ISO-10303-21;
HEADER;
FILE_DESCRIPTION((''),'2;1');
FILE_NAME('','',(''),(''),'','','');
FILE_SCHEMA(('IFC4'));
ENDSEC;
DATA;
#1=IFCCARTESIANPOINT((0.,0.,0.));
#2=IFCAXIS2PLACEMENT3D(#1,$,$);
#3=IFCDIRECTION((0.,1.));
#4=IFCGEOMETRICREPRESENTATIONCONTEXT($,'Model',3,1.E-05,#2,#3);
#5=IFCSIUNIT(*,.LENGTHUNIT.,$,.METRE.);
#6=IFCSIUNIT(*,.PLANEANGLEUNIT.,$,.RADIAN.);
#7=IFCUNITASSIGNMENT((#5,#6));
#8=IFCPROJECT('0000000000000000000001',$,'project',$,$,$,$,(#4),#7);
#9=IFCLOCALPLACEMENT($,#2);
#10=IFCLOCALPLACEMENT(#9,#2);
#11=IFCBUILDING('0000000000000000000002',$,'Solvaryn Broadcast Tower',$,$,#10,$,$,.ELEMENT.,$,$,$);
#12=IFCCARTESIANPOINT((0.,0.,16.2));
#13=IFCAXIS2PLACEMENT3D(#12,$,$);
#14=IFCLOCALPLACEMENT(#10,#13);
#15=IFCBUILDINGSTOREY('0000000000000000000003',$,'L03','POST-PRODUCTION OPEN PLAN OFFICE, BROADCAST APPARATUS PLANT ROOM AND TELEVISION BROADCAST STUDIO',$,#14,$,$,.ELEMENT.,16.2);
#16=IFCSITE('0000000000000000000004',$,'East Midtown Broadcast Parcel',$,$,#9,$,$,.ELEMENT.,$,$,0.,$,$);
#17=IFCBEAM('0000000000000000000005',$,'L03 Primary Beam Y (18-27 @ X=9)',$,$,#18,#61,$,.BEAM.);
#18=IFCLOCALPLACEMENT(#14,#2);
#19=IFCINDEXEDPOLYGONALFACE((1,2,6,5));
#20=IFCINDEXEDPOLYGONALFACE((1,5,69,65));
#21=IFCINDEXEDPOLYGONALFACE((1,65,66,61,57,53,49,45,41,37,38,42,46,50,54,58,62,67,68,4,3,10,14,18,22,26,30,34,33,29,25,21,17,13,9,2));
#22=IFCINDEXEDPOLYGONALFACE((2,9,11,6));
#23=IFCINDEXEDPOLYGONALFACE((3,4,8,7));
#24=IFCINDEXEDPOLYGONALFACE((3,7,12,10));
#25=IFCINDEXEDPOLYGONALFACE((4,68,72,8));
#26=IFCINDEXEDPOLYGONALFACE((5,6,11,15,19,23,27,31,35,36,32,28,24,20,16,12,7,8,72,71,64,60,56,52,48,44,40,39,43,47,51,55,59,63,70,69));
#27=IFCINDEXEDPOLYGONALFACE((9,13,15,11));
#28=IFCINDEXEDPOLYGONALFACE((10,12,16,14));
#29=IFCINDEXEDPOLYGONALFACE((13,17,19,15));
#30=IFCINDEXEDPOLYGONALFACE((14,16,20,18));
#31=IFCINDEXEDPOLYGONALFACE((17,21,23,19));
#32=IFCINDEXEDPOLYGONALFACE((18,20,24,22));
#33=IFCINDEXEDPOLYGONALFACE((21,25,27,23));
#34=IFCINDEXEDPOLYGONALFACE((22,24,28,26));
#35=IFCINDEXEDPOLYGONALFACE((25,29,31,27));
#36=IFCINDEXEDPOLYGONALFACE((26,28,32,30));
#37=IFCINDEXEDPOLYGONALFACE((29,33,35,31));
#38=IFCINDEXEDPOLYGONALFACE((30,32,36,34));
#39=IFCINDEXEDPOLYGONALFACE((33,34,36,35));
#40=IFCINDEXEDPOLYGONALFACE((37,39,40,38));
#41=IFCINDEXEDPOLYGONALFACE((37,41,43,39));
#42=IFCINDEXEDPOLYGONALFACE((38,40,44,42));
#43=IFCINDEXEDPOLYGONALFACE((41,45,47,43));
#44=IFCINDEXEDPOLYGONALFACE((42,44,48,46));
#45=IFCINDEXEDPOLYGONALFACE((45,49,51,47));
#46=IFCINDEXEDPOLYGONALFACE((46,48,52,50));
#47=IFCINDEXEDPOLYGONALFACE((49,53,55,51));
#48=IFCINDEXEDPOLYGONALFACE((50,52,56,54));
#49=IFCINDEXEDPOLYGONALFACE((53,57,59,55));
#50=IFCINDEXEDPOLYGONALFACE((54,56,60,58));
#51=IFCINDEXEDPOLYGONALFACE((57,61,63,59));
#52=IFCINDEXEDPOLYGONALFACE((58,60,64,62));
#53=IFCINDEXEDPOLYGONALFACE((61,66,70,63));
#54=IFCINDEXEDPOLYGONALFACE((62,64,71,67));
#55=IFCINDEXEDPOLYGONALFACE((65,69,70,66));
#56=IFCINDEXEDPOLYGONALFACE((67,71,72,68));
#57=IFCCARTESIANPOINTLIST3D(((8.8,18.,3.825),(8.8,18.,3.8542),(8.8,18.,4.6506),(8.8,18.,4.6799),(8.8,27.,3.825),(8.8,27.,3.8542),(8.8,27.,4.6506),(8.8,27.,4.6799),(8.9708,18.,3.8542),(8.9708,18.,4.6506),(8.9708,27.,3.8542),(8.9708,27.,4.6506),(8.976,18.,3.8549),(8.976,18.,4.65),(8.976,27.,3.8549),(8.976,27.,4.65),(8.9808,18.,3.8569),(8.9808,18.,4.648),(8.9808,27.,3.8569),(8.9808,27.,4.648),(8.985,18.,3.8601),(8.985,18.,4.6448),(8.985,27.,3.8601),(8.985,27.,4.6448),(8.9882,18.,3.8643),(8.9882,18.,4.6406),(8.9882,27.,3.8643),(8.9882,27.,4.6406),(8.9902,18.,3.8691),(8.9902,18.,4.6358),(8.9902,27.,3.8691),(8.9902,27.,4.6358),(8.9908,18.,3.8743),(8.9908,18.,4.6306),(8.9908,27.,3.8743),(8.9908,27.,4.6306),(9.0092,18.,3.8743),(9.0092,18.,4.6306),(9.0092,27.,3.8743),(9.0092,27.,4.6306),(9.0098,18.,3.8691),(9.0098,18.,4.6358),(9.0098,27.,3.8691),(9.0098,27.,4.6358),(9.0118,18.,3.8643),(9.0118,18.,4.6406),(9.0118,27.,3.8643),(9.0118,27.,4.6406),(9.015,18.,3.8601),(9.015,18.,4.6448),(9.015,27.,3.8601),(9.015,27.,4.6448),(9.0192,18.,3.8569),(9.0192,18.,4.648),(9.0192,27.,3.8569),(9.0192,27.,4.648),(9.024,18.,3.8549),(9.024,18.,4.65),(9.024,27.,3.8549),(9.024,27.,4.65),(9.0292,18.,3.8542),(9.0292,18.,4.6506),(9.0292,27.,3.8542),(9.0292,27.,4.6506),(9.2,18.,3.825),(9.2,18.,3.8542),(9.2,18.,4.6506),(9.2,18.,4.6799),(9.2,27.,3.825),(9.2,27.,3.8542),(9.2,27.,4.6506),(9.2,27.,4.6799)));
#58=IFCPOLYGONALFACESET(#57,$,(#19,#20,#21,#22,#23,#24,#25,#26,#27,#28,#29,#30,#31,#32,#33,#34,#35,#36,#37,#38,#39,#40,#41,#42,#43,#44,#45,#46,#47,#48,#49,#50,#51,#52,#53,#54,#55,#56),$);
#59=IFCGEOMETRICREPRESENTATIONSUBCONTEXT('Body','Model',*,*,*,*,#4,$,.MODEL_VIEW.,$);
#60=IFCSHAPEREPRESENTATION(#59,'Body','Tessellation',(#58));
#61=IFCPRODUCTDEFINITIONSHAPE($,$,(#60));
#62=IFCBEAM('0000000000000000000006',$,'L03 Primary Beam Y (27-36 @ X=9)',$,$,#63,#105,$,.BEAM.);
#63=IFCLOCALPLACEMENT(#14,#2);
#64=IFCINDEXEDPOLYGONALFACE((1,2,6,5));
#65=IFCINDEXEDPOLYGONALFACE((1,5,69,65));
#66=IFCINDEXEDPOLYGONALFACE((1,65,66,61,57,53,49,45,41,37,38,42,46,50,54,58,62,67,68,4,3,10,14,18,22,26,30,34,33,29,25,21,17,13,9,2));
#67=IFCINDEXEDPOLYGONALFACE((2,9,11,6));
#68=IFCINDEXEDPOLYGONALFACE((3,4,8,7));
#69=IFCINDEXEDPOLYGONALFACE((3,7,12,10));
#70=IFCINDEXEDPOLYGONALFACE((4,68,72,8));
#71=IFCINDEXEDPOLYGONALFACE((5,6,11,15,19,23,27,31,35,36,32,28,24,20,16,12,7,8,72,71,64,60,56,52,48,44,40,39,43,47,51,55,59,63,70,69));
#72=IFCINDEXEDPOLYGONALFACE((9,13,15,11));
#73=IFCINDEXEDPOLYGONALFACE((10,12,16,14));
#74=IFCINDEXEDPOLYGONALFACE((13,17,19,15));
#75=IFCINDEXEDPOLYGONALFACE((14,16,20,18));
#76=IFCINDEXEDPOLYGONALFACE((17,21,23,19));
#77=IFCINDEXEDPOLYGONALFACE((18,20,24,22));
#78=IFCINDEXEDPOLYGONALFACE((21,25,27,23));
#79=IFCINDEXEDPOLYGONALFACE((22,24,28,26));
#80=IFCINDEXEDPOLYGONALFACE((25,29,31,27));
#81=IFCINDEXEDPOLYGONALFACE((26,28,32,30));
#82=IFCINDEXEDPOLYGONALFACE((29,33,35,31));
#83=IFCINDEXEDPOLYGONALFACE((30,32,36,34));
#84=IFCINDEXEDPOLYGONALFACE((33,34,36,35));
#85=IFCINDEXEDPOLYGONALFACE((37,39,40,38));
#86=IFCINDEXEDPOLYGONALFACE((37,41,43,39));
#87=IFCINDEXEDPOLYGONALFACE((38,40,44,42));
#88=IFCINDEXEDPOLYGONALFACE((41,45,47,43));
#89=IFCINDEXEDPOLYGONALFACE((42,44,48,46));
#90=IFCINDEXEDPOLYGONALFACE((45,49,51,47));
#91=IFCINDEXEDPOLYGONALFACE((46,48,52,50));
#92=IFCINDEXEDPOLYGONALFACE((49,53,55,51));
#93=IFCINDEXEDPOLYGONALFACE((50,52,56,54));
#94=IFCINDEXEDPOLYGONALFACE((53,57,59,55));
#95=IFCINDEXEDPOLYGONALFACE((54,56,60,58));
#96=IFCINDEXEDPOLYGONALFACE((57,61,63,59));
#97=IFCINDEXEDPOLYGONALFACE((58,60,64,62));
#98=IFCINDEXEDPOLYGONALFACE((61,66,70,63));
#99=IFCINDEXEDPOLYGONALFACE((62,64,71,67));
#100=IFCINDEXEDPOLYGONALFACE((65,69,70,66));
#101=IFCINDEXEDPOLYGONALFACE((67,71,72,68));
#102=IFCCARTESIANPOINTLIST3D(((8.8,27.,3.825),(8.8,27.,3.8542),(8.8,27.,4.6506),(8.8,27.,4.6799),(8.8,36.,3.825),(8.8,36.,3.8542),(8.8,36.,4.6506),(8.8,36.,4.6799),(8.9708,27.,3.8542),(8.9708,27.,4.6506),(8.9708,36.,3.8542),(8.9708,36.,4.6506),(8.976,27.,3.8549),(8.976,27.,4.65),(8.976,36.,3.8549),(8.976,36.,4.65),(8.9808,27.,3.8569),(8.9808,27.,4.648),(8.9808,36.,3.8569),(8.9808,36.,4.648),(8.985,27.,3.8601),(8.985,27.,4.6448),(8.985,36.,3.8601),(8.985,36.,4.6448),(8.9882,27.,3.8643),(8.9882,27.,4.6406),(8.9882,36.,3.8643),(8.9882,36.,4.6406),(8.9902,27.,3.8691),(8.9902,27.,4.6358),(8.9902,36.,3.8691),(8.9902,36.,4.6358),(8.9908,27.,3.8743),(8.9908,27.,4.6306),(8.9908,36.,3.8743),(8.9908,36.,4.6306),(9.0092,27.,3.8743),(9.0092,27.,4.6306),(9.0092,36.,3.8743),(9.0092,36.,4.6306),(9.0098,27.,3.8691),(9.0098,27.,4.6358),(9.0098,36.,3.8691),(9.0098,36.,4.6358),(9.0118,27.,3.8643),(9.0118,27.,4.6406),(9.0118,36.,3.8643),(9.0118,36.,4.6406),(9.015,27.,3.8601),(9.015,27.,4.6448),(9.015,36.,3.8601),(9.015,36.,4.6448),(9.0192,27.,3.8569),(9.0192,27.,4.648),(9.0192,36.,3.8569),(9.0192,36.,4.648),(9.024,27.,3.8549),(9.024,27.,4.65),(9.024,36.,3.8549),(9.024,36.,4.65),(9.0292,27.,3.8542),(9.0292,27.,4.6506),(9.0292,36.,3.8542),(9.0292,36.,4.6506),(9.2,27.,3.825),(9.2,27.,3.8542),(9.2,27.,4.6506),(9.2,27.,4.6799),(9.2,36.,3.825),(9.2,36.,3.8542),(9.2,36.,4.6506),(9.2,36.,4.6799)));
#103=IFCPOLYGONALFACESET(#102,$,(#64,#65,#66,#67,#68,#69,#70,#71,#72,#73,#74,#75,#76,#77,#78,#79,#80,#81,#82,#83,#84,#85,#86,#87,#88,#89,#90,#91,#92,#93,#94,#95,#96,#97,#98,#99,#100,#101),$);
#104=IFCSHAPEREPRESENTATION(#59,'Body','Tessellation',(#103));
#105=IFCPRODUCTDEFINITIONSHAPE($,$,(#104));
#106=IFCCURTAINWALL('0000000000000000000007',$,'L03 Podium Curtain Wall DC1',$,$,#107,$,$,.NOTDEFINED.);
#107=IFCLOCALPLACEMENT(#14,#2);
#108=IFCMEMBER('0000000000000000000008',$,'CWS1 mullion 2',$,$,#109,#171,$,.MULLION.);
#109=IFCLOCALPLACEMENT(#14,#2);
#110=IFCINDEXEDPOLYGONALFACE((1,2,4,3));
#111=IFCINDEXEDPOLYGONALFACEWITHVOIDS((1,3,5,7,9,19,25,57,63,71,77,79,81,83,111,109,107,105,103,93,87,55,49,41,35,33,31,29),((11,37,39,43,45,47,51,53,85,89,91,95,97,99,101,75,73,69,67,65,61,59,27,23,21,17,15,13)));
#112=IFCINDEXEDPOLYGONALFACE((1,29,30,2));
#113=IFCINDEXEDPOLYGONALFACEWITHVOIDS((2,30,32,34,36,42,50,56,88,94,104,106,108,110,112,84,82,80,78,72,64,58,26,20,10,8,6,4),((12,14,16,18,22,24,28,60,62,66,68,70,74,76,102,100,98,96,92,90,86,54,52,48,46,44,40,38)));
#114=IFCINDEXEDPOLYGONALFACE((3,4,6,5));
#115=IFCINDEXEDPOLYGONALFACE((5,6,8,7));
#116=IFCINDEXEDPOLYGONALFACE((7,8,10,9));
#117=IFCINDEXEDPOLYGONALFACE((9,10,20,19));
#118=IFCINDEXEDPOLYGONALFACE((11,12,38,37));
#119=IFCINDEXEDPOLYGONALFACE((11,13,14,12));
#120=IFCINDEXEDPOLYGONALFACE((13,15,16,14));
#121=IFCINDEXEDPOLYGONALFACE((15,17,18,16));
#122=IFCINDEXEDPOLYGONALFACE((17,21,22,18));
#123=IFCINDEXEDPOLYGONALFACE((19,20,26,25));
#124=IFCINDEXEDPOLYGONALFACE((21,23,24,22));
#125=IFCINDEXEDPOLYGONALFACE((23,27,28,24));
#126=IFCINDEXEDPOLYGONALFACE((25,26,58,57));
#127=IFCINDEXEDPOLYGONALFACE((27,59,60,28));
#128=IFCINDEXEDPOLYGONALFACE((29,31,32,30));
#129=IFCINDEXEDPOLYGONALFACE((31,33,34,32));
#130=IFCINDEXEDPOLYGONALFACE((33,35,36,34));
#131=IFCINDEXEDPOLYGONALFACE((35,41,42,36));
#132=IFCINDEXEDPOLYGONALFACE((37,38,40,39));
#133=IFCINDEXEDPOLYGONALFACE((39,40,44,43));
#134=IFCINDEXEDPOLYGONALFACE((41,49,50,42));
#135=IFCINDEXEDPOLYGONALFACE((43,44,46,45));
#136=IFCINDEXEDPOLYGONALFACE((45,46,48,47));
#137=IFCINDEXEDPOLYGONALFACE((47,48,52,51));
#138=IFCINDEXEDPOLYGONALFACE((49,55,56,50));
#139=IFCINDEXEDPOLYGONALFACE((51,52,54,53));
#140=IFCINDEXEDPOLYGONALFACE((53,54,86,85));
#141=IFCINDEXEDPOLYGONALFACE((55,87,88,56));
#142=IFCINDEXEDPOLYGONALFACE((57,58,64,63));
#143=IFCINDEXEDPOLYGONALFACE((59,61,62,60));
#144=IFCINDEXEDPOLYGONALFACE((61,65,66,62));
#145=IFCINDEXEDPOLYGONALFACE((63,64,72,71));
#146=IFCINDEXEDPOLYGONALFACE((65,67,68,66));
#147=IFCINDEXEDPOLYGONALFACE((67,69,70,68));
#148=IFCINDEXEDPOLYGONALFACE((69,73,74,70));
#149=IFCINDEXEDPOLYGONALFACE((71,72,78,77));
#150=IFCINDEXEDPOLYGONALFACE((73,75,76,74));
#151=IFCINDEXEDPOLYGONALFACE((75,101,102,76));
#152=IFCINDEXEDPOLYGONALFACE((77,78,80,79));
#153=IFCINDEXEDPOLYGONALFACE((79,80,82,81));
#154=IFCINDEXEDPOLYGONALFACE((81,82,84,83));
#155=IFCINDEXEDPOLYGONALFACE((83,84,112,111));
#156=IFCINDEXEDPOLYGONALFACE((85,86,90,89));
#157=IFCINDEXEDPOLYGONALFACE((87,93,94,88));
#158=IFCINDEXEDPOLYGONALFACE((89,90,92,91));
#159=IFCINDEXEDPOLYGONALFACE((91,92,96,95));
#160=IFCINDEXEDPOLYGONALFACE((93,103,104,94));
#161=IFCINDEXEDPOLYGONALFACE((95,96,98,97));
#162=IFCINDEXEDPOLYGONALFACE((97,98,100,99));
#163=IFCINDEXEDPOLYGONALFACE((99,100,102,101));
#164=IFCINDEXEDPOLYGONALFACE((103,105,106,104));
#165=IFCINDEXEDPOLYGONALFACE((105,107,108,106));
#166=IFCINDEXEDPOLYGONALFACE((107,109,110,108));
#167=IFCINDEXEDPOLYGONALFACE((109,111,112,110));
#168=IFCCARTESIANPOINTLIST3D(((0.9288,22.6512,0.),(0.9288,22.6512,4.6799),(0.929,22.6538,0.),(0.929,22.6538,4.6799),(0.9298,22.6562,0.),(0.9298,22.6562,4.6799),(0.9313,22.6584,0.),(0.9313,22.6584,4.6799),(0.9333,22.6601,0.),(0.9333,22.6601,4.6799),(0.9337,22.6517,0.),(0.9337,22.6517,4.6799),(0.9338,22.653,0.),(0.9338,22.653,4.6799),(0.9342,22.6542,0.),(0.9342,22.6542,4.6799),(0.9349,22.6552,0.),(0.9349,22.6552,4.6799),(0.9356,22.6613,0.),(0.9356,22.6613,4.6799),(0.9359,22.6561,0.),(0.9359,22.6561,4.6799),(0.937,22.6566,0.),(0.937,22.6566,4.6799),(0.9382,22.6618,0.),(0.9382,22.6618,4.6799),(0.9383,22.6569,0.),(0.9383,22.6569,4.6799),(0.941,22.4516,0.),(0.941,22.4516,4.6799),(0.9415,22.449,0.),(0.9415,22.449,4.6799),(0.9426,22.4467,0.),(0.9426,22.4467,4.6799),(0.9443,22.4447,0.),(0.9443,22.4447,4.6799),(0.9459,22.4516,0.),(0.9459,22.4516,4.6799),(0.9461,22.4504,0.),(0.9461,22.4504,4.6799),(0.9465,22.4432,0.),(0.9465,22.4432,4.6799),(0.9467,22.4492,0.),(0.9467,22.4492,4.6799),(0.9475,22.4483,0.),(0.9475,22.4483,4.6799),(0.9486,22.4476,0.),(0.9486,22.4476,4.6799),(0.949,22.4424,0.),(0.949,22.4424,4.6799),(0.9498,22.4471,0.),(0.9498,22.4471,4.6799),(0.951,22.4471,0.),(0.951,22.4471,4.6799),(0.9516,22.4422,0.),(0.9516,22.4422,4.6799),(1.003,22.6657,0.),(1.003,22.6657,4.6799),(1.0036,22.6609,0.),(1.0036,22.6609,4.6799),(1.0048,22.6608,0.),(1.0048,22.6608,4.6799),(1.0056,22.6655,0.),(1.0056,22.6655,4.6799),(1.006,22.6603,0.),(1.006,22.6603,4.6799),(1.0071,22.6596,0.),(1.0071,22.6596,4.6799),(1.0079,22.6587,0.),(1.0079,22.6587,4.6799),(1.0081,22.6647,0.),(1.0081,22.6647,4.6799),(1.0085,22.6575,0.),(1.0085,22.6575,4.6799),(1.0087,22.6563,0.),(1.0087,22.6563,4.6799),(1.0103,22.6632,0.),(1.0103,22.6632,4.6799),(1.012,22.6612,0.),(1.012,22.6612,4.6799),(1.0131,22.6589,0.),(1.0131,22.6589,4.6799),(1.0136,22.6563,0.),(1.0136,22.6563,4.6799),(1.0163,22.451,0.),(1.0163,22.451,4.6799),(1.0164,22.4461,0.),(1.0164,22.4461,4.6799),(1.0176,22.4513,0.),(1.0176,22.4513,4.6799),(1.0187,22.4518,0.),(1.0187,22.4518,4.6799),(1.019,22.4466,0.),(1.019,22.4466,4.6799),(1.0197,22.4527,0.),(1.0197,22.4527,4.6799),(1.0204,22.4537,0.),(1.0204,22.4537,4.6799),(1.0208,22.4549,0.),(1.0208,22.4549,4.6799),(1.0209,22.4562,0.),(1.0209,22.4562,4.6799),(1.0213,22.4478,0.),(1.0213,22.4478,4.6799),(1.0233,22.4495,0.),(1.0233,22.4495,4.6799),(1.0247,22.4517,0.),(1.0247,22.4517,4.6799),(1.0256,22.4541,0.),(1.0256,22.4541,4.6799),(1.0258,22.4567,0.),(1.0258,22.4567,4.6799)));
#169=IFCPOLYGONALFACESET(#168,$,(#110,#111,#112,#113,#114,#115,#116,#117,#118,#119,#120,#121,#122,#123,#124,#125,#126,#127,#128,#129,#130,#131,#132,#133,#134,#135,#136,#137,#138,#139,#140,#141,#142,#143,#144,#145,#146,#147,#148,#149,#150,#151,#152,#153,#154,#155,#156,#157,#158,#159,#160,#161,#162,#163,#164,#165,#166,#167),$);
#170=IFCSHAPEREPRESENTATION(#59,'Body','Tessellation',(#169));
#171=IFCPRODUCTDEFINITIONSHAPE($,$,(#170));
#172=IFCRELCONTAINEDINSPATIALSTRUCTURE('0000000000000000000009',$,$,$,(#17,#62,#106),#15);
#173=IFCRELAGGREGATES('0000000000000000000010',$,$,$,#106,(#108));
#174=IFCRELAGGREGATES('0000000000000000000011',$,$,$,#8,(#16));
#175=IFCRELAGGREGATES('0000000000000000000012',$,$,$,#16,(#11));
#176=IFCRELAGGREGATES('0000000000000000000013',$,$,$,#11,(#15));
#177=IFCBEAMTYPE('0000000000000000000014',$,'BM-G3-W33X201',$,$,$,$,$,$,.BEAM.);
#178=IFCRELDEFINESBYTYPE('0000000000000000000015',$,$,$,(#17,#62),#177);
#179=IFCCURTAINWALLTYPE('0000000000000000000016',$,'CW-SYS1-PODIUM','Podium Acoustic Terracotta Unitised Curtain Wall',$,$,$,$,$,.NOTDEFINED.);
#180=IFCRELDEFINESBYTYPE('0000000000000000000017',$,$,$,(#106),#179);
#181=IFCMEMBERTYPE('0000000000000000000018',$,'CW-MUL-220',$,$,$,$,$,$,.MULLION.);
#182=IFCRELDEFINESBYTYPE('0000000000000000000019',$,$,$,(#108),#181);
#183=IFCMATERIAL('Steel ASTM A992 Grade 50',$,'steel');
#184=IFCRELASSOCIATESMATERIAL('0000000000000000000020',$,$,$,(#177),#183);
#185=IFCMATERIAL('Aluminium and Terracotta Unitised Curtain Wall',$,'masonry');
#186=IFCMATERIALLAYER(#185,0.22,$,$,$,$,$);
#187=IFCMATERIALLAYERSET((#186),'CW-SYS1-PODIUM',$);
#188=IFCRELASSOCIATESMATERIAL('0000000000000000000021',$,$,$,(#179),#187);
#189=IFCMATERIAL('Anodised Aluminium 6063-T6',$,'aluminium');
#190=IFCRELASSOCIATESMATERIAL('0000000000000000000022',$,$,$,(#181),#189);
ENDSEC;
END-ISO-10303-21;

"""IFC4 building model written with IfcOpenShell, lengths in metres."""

from ifc_helpers import new_model, si_unit, direction, frame, origin, origin_2d, place, context, subcontext, project, spatial, hollow_rectangle, i_section, extrude, material, layer, layer_set, material_profile, profile_set, type_object, element, aggregate, save


model = new_model("IFC4")

# Units and contexts
model_context = context("Model", 3, precision=1e-05, world=origin(), true_north=direction((0.0, 1.0)))
body_context = subcontext(model_context, "Body", "Model", "MODEL_VIEW")
ifc_project = project(units=[si_unit("LENGTHUNIT", "METRE"), si_unit("PLANEANGLEUNIT", "RADIAN")], contexts=[model_context])

# Site, building, storey
site_placement = place(None, origin())
site = spatial("IfcSite", under=ifc_project, at=site_placement, Name="East Midtown Broadcast Parcel", CompositionType="ELEMENT", RefElevation=0.0)
building_placement = place(site_placement, origin())
building = spatial("IfcBuilding", under=site, at=building_placement, Name="Solvaryn Broadcast Tower", CompositionType="ELEMENT")
storey_placement = place(building_placement, frame((0.0, 0.0, 16.2)))
storey = spatial("IfcBuildingStorey", under=building, at=storey_placement, Name="L03", Description="POST-PRODUCTION OPEN PLAN OFFICE, BROADCAST APPARATUS PLANT ROOM AND TELEVISION BROADCAST STUDIO", CompositionType="ELEMENT", Elevation=16.2)

# Beams
ifc_material_1 = material(Name="Steel ASTM A992 Grade 50", Category="steel")
ifc_material_profile_1 = material_profile(ifc_material_1, i_section(OverallWidth=0.3999, OverallDepth=0.855, WebThickness=0.0183, FlangeThickness=0.0293, FilletRadius=0.02, at=origin_2d()))
ifc_profile_set_1 = profile_set([ifc_material_profile_1], Name="Steel ASTM A992 Grade 50")
beam_type_1 = type_object("IfcBeamType", Name="BM-G3-W33X201", PredefinedType="BEAM", material=ifc_profile_set_1)
for number, where, z_axis, x_axis, name in (
    (1, (9.0, 18.0, 4.2524), (0.0, 1.0, 0.0), (-1.0, 0.0, 0.0), "L03 Primary Beam Y (18-27 @ X=9)"),
    (2, (9.0, 27.0, 4.2524), (0.0, 1.0, 0.0), (-1.0, 0.0, 0.0), "L03 Primary Beam Y (27-36 @ X=9)"),
):
    element("IfcBeam", number, at=place(storey_placement, frame(where, z_axis=z_axis, x_axis=x_axis)), inside=storey, type_object=beam_type_1, Name=name, PredefinedType="BEAM", context=body_context, shape_type="SweptSolid", body=[
        extrude(i_section(OverallWidth=0.3999, OverallDepth=0.855, WebThickness=0.0183, FlangeThickness=0.0293, FilletRadius=0.02, at=origin_2d()), origin(), (0.0, 0.0, 1.0), 9.0),
    ])

# Curtain wall, member
ifc_material_2 = material(Name="Aluminium and Terracotta Unitised Curtain Wall", Category="masonry")
ifc_layer_1 = layer(ifc_material_2, 0.22)
ifc_layer_set_1 = layer_set([ifc_layer_1], Name="CW-SYS1-PODIUM")
curtain_wall_type = type_object("IfcCurtainWallType", Name="CW-SYS1-PODIUM", Description="Podium Acoustic Terracotta Unitised Curtain Wall", PredefinedType="NOTDEFINED", material=ifc_layer_set_1)
curtain_wall_1_placement = place(storey_placement, origin())
curtain_wall_1 = element("IfcCurtainWall", 3, at=curtain_wall_1_placement, inside=storey, type_object=curtain_wall_type, Name="L03 Podium Curtain Wall DC1", PredefinedType="NOTDEFINED")
ifc_material_3 = material(Name="Anodised Aluminium 6063-T6", Category="aluminium")
ifc_material_profile_2 = material_profile(ifc_material_3, hollow_rectangle(XDim=0.085, YDim=0.22, WallThickness=0.0049, InnerFilletRadius=0.0049, OuterFilletRadius=0.01, at=origin_2d()))
ifc_profile_set_2 = profile_set([ifc_material_profile_2], Name="Anodised Aluminium 6063-T6")
member_type_1 = type_object("IfcMemberType", Name="CW-MUL-220", PredefinedType="MULLION", material=ifc_profile_set_2)
member_1_placement = place(storey_placement, frame((0.9773, 22.554, 0.0), z_axis=(0.0, 0.0, 1.0), x_axis=(0.99815, 0.060796, 0.0)))
member_1 = element("IfcMember", 4, at=member_1_placement, type_object=member_type_1, Name="CWS1 mullion 2", PredefinedType="MULLION", context=body_context, shape_type="SweptSolid", body=[
    extrude(hollow_rectangle(XDim=0.085, YDim=0.22, WallThickness=0.0049, InnerFilletRadius=0.0049, OuterFilletRadius=0.01, at=origin_2d()), origin(), (0.0, 0.0, 1.0), 4.6799),
])

aggregate(curtain_wall_1, [member_1])

save(model, "model.ifc")
